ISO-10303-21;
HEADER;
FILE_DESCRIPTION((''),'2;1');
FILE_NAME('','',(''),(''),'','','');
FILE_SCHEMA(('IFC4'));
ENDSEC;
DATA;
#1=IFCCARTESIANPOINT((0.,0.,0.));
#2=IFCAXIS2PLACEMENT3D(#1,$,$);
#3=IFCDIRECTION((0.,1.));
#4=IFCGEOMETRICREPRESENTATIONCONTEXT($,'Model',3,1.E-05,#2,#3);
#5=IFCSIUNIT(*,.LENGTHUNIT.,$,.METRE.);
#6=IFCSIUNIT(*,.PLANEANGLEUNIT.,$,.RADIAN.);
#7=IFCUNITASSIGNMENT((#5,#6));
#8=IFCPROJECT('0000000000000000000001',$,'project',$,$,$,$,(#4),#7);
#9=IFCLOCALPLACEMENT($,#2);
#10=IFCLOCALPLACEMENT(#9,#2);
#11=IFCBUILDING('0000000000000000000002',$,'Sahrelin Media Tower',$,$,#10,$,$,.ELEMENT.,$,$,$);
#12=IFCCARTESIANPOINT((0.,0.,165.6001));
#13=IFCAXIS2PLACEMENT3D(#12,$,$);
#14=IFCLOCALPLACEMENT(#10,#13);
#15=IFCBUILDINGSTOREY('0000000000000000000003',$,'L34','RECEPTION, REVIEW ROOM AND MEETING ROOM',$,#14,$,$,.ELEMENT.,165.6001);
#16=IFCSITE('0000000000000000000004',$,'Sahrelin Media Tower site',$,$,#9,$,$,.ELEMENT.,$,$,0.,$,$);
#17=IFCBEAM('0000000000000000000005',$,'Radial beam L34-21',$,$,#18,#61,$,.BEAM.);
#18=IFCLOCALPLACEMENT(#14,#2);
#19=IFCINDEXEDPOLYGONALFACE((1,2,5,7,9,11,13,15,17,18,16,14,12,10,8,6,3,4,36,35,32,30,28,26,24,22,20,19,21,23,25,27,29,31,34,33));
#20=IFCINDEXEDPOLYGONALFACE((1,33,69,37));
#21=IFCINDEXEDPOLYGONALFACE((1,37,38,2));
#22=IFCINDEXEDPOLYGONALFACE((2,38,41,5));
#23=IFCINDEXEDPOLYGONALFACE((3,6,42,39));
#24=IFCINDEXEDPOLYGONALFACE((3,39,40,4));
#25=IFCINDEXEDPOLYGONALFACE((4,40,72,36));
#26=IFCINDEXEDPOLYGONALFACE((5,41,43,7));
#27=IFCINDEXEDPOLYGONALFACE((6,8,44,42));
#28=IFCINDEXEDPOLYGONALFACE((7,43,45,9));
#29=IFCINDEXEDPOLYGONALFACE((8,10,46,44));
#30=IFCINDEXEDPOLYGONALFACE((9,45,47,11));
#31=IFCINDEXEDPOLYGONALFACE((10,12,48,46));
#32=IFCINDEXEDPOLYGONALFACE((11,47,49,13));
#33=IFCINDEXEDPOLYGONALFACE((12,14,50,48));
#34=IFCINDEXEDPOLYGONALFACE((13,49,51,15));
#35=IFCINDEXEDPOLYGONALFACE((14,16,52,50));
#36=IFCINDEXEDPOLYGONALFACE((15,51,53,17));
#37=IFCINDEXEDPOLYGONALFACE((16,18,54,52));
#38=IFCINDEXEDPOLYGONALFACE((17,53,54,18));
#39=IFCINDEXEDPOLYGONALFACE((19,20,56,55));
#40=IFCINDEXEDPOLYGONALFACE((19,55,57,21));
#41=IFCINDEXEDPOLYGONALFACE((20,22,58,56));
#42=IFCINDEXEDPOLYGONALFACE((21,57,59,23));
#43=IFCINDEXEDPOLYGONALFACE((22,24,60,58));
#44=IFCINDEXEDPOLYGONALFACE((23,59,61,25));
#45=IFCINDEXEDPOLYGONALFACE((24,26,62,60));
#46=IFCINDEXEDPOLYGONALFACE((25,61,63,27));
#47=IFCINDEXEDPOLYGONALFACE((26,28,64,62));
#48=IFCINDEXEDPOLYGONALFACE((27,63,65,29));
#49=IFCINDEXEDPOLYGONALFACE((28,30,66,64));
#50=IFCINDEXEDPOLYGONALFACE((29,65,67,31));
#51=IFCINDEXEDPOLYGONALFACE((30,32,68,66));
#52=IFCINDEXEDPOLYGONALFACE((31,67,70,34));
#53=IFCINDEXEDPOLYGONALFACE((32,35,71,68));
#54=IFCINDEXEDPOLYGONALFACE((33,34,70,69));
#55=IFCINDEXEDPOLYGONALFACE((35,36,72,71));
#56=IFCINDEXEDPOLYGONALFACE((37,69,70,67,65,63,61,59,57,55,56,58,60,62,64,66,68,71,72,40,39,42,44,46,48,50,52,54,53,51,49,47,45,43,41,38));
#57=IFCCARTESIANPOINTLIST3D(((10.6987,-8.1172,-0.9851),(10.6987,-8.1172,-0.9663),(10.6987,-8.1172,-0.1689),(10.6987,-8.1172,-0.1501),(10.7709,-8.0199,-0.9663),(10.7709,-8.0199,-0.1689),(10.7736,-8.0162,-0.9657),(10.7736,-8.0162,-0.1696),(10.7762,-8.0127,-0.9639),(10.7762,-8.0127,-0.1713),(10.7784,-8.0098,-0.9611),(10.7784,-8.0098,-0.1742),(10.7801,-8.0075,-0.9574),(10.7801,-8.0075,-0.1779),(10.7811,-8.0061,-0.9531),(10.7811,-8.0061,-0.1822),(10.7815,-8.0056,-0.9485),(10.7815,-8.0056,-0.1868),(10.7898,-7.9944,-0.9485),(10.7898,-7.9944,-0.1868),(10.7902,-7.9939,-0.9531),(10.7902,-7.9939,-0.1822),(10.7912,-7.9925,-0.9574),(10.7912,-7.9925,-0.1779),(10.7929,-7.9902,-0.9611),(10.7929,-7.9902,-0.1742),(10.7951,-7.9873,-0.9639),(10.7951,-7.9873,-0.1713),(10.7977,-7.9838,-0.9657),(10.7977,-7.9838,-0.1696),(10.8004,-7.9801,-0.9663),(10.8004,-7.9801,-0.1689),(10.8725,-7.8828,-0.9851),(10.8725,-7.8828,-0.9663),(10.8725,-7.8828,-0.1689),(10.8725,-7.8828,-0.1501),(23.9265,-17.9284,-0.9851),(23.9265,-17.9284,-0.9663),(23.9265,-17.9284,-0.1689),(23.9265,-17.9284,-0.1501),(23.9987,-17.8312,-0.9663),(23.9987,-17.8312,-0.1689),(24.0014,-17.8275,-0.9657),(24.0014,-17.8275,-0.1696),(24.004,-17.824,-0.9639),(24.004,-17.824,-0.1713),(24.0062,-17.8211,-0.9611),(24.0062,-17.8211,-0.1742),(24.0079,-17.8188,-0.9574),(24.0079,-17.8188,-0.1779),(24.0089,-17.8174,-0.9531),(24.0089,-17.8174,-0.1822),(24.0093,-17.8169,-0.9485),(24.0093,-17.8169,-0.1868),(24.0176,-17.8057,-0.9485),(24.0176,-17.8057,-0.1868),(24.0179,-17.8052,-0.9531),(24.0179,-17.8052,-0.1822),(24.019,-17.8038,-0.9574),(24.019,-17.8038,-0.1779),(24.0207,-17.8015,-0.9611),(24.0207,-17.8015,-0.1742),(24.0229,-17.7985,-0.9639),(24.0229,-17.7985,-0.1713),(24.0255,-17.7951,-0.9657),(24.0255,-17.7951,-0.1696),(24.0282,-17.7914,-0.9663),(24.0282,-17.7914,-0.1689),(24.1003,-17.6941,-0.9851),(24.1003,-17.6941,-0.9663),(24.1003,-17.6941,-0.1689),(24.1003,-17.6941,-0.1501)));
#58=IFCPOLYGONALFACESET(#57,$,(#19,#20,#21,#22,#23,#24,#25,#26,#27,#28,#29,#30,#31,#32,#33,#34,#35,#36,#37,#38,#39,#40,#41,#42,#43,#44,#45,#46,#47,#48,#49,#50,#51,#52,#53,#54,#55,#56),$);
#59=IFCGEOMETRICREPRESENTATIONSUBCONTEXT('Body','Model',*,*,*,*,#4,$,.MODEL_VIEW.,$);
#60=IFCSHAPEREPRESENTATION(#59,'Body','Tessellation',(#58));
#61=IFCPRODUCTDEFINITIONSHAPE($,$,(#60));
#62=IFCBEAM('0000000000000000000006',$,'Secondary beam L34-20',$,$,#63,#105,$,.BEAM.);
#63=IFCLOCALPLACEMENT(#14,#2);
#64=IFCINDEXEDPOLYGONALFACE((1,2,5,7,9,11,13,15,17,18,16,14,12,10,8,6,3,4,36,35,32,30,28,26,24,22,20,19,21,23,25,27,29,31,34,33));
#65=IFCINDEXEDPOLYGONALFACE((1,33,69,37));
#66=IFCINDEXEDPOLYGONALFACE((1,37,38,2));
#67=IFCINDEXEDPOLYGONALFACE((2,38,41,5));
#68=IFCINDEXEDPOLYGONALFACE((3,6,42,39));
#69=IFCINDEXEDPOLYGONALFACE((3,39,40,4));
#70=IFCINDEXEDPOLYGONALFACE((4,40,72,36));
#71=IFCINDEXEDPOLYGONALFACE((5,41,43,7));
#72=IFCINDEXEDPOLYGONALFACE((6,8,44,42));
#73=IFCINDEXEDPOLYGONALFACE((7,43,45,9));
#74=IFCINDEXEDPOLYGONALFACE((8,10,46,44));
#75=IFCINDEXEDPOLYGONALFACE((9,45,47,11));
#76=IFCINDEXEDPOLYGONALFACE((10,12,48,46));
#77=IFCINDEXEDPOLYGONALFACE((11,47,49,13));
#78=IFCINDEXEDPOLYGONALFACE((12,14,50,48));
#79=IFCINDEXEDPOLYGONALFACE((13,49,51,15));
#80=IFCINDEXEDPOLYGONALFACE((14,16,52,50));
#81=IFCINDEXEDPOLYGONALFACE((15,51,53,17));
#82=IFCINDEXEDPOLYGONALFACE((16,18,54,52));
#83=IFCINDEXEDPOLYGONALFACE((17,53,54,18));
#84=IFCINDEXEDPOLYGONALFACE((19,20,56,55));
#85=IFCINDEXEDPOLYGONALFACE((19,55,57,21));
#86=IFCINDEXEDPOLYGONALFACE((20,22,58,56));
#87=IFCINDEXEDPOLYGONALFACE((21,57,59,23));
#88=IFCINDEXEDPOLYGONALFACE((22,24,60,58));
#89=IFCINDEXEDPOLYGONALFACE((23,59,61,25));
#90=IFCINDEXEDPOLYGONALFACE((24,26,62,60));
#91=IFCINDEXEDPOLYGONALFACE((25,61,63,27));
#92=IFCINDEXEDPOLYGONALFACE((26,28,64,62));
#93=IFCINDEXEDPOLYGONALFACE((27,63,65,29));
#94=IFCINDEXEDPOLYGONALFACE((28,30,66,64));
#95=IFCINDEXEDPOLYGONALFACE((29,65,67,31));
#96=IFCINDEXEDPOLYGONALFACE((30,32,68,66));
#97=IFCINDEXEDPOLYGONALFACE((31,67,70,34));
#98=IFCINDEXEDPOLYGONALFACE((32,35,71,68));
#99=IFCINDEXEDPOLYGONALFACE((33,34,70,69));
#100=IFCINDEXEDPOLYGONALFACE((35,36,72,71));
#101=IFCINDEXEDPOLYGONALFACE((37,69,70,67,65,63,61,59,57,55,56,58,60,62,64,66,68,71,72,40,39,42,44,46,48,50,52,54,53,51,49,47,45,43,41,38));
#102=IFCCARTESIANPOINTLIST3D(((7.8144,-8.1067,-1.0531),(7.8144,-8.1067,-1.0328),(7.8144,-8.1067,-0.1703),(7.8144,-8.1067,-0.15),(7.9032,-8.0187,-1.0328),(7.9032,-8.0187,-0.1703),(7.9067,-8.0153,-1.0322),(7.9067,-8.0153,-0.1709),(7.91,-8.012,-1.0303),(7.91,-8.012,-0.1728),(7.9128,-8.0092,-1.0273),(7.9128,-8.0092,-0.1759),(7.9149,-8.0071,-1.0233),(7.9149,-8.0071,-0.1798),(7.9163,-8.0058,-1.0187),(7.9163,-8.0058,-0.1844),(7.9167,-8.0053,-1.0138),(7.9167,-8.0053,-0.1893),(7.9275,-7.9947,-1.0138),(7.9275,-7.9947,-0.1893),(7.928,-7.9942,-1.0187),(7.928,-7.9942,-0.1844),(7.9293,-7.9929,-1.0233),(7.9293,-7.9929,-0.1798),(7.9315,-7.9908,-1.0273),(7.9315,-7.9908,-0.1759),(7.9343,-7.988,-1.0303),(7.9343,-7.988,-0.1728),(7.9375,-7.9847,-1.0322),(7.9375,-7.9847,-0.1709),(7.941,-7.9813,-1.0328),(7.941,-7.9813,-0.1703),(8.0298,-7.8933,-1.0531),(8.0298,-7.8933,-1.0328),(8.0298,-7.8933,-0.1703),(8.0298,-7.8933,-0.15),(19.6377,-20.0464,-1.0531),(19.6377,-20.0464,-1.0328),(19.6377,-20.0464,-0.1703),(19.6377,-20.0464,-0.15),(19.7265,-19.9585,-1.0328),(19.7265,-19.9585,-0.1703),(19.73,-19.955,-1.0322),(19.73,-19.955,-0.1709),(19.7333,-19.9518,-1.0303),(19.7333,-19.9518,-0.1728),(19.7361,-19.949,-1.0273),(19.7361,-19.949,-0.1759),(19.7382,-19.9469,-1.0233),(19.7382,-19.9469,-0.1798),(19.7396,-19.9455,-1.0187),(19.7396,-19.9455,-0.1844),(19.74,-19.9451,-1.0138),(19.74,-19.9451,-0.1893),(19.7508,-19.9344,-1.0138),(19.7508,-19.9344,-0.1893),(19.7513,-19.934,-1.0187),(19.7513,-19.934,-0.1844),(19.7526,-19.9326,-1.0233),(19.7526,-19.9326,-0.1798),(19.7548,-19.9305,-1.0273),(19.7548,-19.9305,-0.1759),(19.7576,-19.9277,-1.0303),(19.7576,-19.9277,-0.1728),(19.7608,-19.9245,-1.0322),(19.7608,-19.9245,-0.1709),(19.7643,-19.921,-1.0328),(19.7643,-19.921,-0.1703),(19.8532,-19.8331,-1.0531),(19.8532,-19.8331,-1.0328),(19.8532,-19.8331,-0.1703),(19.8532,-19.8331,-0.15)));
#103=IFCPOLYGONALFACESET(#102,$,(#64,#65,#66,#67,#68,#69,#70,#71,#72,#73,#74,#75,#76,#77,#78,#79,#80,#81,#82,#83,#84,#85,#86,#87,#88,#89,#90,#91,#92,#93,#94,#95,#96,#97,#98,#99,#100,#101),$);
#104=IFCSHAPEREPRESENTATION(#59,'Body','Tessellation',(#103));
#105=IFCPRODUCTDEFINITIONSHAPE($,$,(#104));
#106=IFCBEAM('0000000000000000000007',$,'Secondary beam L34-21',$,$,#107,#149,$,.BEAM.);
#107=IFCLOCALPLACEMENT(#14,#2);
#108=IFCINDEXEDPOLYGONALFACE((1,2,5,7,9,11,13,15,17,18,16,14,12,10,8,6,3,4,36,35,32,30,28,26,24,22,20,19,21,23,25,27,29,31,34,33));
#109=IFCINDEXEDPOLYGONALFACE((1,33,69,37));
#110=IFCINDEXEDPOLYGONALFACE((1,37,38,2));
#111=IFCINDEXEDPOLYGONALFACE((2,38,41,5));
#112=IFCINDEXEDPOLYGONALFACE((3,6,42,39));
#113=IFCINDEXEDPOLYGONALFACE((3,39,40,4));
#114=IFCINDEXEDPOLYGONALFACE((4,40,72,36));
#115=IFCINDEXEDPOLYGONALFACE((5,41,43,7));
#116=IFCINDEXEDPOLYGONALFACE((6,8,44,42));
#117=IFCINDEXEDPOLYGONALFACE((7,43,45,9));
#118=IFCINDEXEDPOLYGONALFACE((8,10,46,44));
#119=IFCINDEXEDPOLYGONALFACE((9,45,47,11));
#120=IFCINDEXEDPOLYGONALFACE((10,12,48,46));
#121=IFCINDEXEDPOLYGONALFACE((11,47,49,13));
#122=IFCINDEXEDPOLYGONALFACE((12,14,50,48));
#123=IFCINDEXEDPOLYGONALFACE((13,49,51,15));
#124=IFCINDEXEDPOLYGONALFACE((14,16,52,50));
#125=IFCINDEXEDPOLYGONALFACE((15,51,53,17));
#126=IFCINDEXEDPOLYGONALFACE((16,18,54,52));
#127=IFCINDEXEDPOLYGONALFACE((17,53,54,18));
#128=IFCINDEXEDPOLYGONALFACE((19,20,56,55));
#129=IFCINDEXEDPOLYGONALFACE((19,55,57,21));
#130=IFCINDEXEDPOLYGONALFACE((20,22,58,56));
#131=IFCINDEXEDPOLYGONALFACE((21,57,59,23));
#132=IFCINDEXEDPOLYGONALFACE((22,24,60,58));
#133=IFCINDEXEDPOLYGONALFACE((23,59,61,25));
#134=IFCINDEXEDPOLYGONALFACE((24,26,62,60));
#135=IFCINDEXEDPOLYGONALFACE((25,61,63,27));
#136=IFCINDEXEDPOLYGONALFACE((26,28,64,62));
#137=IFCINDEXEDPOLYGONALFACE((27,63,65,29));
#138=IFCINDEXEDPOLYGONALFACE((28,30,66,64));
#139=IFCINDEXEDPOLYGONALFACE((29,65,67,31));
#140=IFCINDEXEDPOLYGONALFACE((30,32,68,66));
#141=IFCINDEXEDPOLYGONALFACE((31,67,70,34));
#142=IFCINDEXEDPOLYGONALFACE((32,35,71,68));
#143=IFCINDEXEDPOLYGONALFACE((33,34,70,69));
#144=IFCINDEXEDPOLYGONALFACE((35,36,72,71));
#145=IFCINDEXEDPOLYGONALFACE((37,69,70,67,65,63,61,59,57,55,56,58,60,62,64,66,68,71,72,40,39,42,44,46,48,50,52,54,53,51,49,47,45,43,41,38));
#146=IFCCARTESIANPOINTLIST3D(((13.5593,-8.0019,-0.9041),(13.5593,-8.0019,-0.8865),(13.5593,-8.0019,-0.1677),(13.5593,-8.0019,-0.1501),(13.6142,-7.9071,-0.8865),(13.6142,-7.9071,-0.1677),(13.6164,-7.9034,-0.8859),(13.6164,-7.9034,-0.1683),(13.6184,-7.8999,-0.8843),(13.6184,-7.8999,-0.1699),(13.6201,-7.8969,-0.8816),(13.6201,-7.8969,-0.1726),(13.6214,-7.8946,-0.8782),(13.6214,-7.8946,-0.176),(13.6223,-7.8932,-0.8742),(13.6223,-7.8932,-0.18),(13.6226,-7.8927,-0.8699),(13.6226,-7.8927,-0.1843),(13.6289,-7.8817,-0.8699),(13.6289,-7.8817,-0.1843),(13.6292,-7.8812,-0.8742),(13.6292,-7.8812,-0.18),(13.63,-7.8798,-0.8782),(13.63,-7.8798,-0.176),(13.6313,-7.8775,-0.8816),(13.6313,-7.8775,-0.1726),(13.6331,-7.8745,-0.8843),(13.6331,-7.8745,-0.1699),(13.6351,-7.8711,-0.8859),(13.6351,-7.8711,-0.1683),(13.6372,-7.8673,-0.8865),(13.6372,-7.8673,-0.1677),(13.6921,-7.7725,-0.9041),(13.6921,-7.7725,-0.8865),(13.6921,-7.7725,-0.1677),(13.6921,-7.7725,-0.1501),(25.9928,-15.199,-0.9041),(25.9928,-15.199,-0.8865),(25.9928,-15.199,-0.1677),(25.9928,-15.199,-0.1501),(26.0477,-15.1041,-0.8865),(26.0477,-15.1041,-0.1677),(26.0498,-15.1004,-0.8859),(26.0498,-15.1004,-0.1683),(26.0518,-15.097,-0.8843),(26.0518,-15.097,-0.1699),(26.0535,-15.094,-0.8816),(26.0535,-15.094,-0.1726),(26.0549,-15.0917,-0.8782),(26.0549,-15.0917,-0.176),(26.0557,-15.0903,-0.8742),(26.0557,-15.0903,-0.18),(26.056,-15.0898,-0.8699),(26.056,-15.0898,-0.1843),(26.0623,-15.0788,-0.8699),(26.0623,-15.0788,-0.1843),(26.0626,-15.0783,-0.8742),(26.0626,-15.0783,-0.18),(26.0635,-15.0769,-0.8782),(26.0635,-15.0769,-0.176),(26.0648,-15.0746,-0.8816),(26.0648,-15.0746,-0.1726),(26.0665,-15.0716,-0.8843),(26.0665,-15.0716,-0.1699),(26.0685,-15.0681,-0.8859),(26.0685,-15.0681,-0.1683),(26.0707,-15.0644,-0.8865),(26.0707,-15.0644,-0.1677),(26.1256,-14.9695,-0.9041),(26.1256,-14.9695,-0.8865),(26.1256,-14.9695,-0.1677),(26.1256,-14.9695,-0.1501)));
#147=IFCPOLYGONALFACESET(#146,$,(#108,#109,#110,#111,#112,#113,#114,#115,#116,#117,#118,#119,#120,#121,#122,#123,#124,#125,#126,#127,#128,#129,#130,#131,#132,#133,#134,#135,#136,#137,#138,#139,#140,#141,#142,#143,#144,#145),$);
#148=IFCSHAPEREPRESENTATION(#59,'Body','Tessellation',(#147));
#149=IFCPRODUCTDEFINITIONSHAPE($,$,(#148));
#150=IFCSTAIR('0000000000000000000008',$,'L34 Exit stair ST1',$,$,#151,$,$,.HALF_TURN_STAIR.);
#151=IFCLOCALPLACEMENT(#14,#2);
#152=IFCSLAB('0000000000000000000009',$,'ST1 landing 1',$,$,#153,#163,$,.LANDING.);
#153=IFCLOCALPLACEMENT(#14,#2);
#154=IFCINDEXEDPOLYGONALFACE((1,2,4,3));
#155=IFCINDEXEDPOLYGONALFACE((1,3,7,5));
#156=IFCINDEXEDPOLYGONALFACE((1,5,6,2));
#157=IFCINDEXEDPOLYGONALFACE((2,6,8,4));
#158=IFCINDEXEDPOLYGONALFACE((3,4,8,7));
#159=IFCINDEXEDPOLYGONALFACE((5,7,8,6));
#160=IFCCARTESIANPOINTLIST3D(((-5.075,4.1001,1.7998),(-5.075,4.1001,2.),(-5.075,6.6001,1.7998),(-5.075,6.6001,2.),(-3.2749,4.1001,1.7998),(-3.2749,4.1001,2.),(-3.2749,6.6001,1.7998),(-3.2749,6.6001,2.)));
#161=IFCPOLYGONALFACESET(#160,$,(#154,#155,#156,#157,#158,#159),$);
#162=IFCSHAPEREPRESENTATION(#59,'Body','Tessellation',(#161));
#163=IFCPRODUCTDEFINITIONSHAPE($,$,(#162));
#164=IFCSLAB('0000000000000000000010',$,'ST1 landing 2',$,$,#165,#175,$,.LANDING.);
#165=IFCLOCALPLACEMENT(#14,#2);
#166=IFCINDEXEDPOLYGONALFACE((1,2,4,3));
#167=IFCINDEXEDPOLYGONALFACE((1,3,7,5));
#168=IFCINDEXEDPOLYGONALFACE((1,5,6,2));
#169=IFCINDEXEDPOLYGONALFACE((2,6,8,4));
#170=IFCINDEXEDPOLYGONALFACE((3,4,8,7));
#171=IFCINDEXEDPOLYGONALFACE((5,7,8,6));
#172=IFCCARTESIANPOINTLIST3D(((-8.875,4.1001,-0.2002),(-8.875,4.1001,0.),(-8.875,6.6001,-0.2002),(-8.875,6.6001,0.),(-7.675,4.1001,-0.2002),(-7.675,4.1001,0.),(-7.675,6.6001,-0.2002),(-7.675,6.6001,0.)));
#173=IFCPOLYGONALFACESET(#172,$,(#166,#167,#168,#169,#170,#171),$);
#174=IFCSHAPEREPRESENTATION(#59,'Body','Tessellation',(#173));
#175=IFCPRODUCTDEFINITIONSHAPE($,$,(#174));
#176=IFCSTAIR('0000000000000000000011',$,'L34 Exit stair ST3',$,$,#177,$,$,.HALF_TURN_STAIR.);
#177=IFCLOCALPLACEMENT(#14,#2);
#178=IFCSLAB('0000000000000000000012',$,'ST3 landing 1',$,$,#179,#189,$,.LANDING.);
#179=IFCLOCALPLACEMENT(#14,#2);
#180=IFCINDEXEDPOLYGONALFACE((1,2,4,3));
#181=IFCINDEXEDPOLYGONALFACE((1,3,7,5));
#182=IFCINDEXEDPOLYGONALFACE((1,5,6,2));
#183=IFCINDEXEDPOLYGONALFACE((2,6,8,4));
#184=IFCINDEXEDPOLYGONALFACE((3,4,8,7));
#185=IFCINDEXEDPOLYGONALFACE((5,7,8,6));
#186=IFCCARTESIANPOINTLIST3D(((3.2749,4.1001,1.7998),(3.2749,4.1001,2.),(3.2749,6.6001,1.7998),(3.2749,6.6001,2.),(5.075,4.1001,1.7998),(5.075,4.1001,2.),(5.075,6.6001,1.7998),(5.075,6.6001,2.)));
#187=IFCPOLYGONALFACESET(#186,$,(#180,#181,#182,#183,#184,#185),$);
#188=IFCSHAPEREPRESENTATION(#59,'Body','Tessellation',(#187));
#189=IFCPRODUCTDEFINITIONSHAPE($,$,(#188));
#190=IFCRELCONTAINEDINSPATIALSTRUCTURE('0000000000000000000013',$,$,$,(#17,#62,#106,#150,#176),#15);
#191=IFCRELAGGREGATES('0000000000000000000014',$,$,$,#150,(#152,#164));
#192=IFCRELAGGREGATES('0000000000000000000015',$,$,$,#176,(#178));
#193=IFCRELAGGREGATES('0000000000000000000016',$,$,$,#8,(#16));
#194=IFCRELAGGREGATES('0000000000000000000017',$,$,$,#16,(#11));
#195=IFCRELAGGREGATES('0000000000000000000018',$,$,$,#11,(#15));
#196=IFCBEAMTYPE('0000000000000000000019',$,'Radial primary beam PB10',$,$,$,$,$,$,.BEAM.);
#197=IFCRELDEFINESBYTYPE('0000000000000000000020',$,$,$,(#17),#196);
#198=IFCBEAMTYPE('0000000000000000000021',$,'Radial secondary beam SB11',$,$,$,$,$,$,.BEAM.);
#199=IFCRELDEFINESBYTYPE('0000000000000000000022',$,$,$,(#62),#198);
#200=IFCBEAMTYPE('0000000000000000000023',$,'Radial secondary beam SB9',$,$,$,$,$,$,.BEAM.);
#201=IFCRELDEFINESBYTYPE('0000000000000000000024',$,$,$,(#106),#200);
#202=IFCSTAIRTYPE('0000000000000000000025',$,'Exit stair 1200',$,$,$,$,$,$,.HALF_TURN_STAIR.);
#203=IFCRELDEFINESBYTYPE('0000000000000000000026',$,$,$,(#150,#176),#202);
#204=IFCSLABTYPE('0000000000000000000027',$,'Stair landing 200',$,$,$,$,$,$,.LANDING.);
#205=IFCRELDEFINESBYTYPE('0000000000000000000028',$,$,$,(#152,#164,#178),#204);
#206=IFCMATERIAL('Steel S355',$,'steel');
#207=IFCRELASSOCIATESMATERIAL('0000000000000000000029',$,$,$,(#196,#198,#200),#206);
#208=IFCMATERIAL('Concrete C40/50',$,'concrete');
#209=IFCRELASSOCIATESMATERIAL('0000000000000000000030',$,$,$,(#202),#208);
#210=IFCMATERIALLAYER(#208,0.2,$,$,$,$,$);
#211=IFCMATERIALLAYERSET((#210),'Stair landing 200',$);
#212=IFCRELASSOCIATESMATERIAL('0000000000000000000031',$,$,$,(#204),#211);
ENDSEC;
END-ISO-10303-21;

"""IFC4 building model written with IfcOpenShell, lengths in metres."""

from ifc_helpers import new_model, si_unit, direction, frame, origin, origin_2d, place, context, subcontext, project, spatial, polyline, i_section, outline, extrude, material, layer, layer_set, material_profile, profile_set, type_object, element, aggregate, save


model = new_model("IFC4")

# Units and contexts
model_context = context("Model", 3, precision=1e-05, world=origin(), true_north=direction((0.0, 1.0)))
body_context = subcontext(model_context, "Body", "Model", "MODEL_VIEW")
ifc_project = project(units=[si_unit("LENGTHUNIT", "METRE"), si_unit("PLANEANGLEUNIT", "RADIAN")], contexts=[model_context])

# Site, building, storey
site_placement = place(None, origin())
site = spatial("IfcSite", under=ifc_project, at=site_placement, Name="Sahrelin Media Tower site", CompositionType="ELEMENT", RefElevation=0.0)
building_placement = place(site_placement, origin())
building = spatial("IfcBuilding", under=site, at=building_placement, Name="Sahrelin Media Tower", CompositionType="ELEMENT")
storey_placement = place(building_placement, frame((0.0, 0.0, 165.6001)))
storey = spatial("IfcBuildingStorey", under=building, at=storey_placement, Name="L34", Description="RECEPTION, REVIEW ROOM AND MEETING ROOM", CompositionType="ELEMENT", Elevation=165.6001)

# Beams
ifc_material_1 = material(Name="Steel S355", Category="steel")
ifc_material_profile_1 = material_profile(ifc_material_1, i_section(OverallWidth=0.2917, OverallDepth=0.835, WebThickness=0.0139, FlangeThickness=0.0188, FilletRadius=0.0178, at=origin_2d()), Name="UB 838x292x176")
ifc_profile_set_1 = profile_set([ifc_material_profile_1], Name="Steel S355")
beam_type_1 = type_object("IfcBeamType", Name="Radial primary beam PB10", PredefinedType="BEAM", material=ifc_profile_set_1)
beam_1_placement = place(storey_placement, frame((10.7856, -8.0, -0.5676), z_axis=(0.803182, -0.595734, 0.0), x_axis=(0.595734, 0.803182, 0.0)))
element("IfcBeam", 1, at=beam_1_placement, inside=storey, type_object=beam_type_1, Name="Radial beam L34-21", PredefinedType="BEAM", context=body_context, shape_type="SweptSolid", body=[
    extrude(i_section(OverallWidth=0.2917, OverallDepth=0.835, WebThickness=0.0139, FlangeThickness=0.0188, FilletRadius=0.0178, at=origin_2d()), origin(), (0.0, 0.0, 1.0), 16.4692),
])
ifc_material_profile_2 = material_profile(ifc_material_1, i_section(OverallWidth=0.3032, OverallDepth=0.9031, WebThickness=0.0151, FlangeThickness=0.0203, FilletRadius=0.019, at=origin_2d()), Name="UB 914x305x201")
ifc_profile_set_2 = profile_set([ifc_material_profile_2], Name="Steel S355")
beam_type_2 = type_object("IfcBeamType", Name="Radial secondary beam SB11", PredefinedType="BEAM", material=ifc_profile_set_2)
beam_2_placement = place(storey_placement, frame((7.9221, -8.0, -0.6016), z_axis=(0.703633, -0.710564, 0.0), x_axis=(0.710564, 0.703633, 0.0)))
element("IfcBeam", 2, at=beam_2_placement, inside=storey, type_object=beam_type_2, Name="Secondary beam L34-20", PredefinedType="BEAM", context=body_context, shape_type="SweptSolid", body=[
    extrude(i_section(OverallWidth=0.3032, OverallDepth=0.9031, WebThickness=0.0151, FlangeThickness=0.0203, FilletRadius=0.019, at=origin_2d()), origin(), (0.0, 0.0, 1.0), 16.8032),
])
ifc_material_profile_3 = material_profile(ifc_material_1, i_section(OverallWidth=0.2651, OverallDepth=0.7539, WebThickness=0.0127, FlangeThickness=0.0176, FilletRadius=0.0166, at=origin_2d()), Name="UB 762x267x147")
ifc_profile_set_3 = profile_set([ifc_material_profile_3], Name="Steel S355")
beam_type_3 = type_object("IfcBeamType", Name="Radial secondary beam SB9", PredefinedType="BEAM", material=ifc_profile_set_3)
beam_3_placement = place(storey_placement, frame((13.6257, -7.8872, -0.5271), z_axis=(0.865464, -0.500972, 0.0), x_axis=(0.500972, 0.865464, 0.0)))
element("IfcBeam", 3, at=beam_3_placement, inside=storey, type_object=beam_type_3, Name="Secondary beam L34-21", PredefinedType="BEAM", context=body_context, shape_type="SweptSolid", body=[
    extrude(i_section(OverallWidth=0.2651, OverallDepth=0.7539, WebThickness=0.0127, FlangeThickness=0.0176, FilletRadius=0.0166, at=origin_2d()), origin(), (0.0, 0.0, 1.0), 14.3662),
])

# Stairs, slabs
ifc_material_2 = material(Name="Concrete C40/50", Category="concrete")
stair_type = type_object("IfcStairType", Name="Exit stair 1200", PredefinedType="HALF_TURN_STAIR", material=ifc_material_2)
placement_1 = place(storey_placement, origin())
stair_1 = element("IfcStair", 4, at=placement_1, inside=storey, type_object=stair_type, Name="L34 Exit stair ST1", PredefinedType="HALF_TURN_STAIR")
ifc_layer_1 = layer(ifc_material_2, 0.2)
ifc_layer_set_1 = layer_set([ifc_layer_1], Name="Stair landing 200")
slab_type = type_object("IfcSlabType", Name="Stair landing 200", PredefinedType="LANDING", material=ifc_layer_set_1)
placement_2 = place(storey_placement, frame((0.0, 0.0, 1.7998)))
slab_1 = element("IfcSlab", 5, at=placement_2, type_object=slab_type, Name="ST1 landing 1", PredefinedType="LANDING", context=body_context, shape_type="SweptSolid", body=[
    extrude(outline(polyline([(-5.075, 4.1001), (-3.2749, 4.1001), (-3.2749, 6.6001), (-5.075, 6.6001), (-5.075, 4.1001)])), origin(), (0.0, 0.0, 1.0), 0.2002),
])
placement_3 = place(storey_placement, frame((0.0, 0.0, -0.2002)))
slab_2 = element("IfcSlab", 6, at=placement_3, type_object=slab_type, Name="ST1 landing 2", PredefinedType="LANDING", context=body_context, shape_type="SweptSolid", body=[
    extrude(outline(polyline([(-8.875, 4.1001), (-7.675, 4.1001), (-7.675, 6.6001), (-8.875, 6.6001), (-8.875, 4.1001)])), origin(), (0.0, 0.0, 1.0), 0.2002),
])
aggregate(stair_1, [slab_1, slab_2])
stair_2 = element("IfcStair", 7, at=placement_1, inside=storey, type_object=stair_type, Name="L34 Exit stair ST3", PredefinedType="HALF_TURN_STAIR")
slab_3 = element("IfcSlab", 8, at=placement_2, type_object=slab_type, Name="ST3 landing 1", PredefinedType="LANDING", context=body_context, shape_type="SweptSolid", body=[
    extrude(outline(polyline([(5.075, 6.6001), (3.2749, 6.6001), (3.2749, 4.1001), (5.075, 4.1001), (5.075, 6.6001)])), origin(), (0.0, 0.0, 1.0), 0.2002),
])
aggregate(stair_2, [slab_3])

save(model, "model.ifc")
